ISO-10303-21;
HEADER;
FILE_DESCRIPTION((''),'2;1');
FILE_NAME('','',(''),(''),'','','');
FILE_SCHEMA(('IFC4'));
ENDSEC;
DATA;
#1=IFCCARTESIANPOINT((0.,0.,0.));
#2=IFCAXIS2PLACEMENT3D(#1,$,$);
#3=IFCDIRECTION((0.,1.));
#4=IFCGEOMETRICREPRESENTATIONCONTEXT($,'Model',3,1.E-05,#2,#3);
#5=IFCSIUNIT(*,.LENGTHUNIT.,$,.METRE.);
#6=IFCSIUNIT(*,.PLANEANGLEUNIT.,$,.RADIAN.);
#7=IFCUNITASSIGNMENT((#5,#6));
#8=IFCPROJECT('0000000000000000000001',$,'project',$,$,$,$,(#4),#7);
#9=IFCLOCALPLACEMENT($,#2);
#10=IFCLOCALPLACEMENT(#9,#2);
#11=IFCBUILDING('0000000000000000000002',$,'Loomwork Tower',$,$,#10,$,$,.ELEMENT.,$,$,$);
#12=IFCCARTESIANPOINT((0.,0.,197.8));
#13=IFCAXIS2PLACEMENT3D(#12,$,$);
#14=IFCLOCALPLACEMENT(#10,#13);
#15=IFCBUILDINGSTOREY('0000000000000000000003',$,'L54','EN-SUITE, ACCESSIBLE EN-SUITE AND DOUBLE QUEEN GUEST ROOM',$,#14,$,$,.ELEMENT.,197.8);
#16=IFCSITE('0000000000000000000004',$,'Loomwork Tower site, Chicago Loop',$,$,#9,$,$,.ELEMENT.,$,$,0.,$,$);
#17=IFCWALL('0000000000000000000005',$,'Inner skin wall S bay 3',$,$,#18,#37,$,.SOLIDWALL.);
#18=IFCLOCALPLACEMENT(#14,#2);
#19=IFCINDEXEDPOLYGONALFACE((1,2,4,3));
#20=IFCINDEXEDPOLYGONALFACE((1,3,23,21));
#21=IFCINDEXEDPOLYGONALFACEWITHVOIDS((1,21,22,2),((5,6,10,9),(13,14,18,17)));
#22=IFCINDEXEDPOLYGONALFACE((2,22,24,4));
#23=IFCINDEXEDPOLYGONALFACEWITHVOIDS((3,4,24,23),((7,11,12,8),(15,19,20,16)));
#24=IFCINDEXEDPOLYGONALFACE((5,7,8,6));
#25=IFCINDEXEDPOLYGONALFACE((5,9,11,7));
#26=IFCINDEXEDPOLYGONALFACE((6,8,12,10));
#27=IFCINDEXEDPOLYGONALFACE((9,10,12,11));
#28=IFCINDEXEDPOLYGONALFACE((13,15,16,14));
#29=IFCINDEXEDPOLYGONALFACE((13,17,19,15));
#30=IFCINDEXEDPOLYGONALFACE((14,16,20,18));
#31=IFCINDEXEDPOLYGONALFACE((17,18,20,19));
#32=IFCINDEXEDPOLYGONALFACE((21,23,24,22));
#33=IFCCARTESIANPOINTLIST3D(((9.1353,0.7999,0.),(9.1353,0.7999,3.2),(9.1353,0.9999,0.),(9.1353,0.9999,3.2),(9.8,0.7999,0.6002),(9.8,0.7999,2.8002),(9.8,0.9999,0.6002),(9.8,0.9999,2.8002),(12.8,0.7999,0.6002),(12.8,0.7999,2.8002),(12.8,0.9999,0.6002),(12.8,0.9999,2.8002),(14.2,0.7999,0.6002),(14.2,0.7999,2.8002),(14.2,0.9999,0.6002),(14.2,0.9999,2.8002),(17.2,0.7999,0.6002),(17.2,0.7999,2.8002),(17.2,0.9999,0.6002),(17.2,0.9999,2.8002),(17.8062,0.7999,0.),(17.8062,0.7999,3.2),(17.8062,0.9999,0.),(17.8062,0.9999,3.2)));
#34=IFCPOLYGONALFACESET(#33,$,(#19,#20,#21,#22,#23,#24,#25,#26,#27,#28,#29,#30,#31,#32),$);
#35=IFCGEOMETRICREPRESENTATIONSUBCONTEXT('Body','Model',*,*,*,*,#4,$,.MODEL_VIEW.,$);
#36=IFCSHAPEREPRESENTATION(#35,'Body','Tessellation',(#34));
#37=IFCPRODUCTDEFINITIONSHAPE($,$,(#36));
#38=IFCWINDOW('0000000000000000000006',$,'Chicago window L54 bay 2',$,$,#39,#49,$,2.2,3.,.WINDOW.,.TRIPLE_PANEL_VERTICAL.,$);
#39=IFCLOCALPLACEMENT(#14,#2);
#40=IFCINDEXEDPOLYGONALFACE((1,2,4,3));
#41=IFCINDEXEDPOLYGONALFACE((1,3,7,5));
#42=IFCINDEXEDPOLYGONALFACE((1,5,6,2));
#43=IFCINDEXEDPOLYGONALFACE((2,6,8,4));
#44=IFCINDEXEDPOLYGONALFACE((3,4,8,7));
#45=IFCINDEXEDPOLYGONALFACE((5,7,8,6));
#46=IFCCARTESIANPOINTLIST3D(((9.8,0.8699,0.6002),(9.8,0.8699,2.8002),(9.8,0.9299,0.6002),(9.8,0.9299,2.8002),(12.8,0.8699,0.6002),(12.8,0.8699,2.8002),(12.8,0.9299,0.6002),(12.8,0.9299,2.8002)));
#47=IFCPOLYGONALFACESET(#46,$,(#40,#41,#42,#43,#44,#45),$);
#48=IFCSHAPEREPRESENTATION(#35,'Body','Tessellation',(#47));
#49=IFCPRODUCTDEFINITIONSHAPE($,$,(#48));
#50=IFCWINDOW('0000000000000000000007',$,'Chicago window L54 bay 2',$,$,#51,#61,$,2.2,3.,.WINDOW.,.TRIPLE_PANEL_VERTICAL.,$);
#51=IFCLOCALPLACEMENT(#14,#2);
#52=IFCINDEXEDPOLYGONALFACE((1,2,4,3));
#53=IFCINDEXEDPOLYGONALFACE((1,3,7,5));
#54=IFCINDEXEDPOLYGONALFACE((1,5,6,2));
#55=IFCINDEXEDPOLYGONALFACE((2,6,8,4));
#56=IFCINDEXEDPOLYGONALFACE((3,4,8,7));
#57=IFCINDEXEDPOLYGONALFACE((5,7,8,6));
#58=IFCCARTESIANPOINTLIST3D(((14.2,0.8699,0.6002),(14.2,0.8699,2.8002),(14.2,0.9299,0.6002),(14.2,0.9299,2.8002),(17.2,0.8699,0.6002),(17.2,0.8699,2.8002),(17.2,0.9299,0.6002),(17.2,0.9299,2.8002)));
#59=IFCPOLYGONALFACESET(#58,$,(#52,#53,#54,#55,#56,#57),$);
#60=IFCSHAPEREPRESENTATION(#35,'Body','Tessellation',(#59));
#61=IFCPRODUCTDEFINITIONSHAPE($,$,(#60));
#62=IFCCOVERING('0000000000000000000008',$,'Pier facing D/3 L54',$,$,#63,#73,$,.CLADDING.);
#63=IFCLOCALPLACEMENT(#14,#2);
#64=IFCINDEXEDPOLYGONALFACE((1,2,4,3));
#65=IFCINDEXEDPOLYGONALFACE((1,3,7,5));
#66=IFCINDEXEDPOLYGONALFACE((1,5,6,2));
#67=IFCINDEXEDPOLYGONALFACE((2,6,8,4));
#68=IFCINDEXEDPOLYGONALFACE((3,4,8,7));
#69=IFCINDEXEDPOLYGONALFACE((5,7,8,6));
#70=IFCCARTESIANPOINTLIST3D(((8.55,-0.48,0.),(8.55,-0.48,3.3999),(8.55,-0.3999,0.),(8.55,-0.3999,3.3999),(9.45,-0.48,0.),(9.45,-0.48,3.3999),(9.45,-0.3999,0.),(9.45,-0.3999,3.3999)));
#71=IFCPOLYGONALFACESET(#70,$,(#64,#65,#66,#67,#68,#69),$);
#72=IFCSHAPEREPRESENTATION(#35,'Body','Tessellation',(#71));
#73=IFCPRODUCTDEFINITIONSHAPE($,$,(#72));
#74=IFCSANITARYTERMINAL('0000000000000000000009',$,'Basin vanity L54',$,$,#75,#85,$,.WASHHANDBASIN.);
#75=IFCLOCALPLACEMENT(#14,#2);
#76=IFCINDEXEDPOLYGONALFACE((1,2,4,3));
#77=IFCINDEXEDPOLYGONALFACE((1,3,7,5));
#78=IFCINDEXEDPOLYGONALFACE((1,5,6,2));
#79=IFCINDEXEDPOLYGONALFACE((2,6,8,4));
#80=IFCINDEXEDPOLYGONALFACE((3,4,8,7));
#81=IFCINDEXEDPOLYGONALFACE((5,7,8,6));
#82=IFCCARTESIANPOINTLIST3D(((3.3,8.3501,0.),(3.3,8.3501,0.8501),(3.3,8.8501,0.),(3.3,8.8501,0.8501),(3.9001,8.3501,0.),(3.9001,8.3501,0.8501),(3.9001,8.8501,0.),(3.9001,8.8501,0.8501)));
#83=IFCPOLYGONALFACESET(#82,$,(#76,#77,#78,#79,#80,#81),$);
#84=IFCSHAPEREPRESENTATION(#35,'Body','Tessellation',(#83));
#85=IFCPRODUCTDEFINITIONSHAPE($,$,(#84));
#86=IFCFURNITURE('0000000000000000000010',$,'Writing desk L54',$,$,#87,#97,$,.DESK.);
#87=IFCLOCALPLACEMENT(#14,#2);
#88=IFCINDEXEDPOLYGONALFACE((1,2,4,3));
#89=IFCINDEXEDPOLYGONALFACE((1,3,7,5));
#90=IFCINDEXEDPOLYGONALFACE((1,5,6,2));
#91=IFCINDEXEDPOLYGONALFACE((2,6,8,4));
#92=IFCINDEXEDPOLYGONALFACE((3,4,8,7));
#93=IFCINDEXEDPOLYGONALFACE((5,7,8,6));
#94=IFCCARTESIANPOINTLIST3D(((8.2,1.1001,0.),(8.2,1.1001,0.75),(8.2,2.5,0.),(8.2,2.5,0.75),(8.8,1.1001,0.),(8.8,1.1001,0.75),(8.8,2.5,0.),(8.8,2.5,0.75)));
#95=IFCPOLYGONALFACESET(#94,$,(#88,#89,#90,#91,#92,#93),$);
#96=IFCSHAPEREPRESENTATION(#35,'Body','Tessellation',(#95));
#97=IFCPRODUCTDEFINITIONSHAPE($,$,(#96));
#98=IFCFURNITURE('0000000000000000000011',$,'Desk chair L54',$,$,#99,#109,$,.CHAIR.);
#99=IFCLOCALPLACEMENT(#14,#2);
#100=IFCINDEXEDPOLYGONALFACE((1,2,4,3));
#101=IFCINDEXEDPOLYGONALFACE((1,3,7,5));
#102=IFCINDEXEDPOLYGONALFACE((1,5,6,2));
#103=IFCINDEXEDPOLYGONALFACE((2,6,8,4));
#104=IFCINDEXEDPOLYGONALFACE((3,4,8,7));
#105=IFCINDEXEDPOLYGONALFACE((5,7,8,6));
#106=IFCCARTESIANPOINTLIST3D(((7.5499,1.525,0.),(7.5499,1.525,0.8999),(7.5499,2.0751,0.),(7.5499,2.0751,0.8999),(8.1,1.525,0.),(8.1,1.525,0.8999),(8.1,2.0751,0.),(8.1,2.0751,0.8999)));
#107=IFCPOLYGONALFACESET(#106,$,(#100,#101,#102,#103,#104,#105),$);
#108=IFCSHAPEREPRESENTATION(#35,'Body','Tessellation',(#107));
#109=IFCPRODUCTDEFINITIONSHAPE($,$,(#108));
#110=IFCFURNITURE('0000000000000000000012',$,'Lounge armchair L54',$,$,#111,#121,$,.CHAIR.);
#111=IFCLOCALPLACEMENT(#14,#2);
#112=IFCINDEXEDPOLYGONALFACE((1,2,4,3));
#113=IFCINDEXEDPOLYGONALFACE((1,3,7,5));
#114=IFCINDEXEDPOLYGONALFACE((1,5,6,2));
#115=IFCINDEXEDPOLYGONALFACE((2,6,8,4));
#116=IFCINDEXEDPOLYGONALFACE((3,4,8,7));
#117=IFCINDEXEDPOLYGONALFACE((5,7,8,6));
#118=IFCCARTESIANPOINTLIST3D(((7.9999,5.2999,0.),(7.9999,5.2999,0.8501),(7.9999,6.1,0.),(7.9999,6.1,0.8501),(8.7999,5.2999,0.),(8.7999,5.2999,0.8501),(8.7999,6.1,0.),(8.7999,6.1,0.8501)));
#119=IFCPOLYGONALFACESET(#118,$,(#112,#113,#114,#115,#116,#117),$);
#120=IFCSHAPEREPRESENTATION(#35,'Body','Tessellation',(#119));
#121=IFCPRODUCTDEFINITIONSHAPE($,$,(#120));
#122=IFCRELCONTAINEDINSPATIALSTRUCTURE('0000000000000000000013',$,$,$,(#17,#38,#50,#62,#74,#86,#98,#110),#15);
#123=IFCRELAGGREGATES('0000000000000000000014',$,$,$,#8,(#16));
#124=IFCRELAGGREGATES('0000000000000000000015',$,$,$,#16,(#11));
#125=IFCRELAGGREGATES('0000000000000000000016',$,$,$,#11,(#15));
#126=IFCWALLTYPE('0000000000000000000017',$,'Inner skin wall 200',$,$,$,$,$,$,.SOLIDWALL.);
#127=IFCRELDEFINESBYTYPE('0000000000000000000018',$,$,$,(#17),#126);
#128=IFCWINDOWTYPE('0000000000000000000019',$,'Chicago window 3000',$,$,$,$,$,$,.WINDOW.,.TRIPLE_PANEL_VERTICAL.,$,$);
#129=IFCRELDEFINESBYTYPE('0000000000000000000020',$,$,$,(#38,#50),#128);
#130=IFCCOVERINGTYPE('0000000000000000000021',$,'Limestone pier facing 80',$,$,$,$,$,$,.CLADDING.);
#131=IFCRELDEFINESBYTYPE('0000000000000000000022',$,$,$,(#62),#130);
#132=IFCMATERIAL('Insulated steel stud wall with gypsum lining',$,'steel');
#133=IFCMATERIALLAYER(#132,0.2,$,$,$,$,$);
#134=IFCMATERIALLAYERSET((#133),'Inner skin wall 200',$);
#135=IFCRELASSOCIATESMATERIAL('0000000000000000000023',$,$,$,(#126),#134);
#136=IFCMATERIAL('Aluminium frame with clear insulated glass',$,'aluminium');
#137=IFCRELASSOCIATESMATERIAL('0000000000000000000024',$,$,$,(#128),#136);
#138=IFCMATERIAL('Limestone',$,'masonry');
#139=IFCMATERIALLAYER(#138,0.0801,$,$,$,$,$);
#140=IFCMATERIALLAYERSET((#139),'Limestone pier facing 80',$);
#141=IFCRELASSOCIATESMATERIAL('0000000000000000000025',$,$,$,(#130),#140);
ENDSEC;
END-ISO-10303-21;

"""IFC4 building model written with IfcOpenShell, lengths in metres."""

from ifc_helpers import new_model, si_unit, direction, frame, frame_2d, origin, origin_2d, place, context, subcontext, project, spatial, rectangle, extrude, material, layer, layer_set, type_object, element, fill, save


model = new_model("IFC4")

# Units and contexts
model_context = context("Model", 3, precision=1e-05, world=origin(), true_north=direction((0.0, 1.0)))
body_context = subcontext(model_context, "Body", "Model", "MODEL_VIEW")
ifc_project = project(units=[si_unit("LENGTHUNIT", "METRE"), si_unit("PLANEANGLEUNIT", "RADIAN")], contexts=[model_context])

# Site, building, storey
site_placement = place(None, origin())
site = spatial("IfcSite", under=ifc_project, at=site_placement, Name="Loomwork Tower site, Chicago Loop", CompositionType="ELEMENT", RefElevation=0.0)
building_placement = place(site_placement, origin())
building = spatial("IfcBuilding", under=site, at=building_placement, Name="Loomwork Tower", CompositionType="ELEMENT")
storey_placement = place(building_placement, frame((0.0, 0.0, 197.8)))
storey = spatial("IfcBuildingStorey", under=building, at=storey_placement, Name="L54", Description="EN-SUITE, ACCESSIBLE EN-SUITE AND DOUBLE QUEEN GUEST ROOM", CompositionType="ELEMENT", Elevation=197.8)

# Shared definitions
ifc_material_1 = material(Name="Insulated steel stud wall with gypsum lining", Category="steel")
ifc_layer_1 = layer(ifc_material_1, 0.2)
ifc_layer_set_1 = layer_set([ifc_layer_1], Name="Inner skin wall 200")
wall_type_1 = type_object("IfcWallType", Name="Inner skin wall 200", PredefinedType="SOLIDWALL", material=ifc_layer_set_1)

# Wall, openings, windows
wall_1_placement = place(storey_placement, frame((9.1353, 0.8999, 0.0), z_axis=(0.0, 0.0, 1.0), x_axis=(1.0, 0.0, 0.0)))
wall_1 = element("IfcWall", 1, at=wall_1_placement, inside=storey, type_object=wall_type_1, Name="Inner skin wall S bay 3", PredefinedType="SOLIDWALL", context=body_context, shape_type="SweptSolid", body=[
    extrude(rectangle(XDim=8.6709, YDim=0.2, at=frame_2d((4.3354, 0.0))), origin(), (0.0, 0.0, 1.0), 3.2),
])
opening_1_placement = place(wall_1_placement, frame((0.6648, 0.0, 0.6001)))
opening_1 = element("IfcOpeningElement", 2, at=opening_1_placement, cuts=wall_1, PredefinedType="OPENING", context=body_context, shape_type="SweptSolid", body=[
    extrude(rectangle(XDim=3.0, YDim=2.2, at=frame_2d((1.5, 1.1001))), frame((0.0, 0.1099, 0.0), z_axis=(0.0, -1.0, 0.0), x_axis=(1.0, 0.0, 0.0)), (0.0, 0.0, 1.0), 0.22),
])
opening_2_placement = place(wall_1_placement, frame((5.0647, 0.0, 0.6001)))
opening_2 = element("IfcOpeningElement", 3, at=opening_2_placement, cuts=wall_1, PredefinedType="OPENING", context=body_context, shape_type="SweptSolid", body=[
    extrude(rectangle(XDim=3.0, YDim=2.2, at=frame_2d((1.5, 1.1001))), frame((0.0, 0.1099, 0.0), z_axis=(0.0, -1.0, 0.0), x_axis=(1.0, 0.0, 0.0)), (0.0, 0.0, 1.0), 0.22),
])
ifc_material_2 = material(Name="Aluminium frame with clear insulated glass", Category="aluminium")
window_type = type_object("IfcWindowType", Name="Chicago window 3000", PartitioningType="TRIPLE_PANEL_VERTICAL", PredefinedType="WINDOW", material=ifc_material_2)
window_1_placement = place(opening_1_placement, origin())
window_1 = element("IfcWindow", 4, at=window_1_placement, inside=storey, type_object=window_type, Name="Chicago window L54 bay 2", OverallHeight=2.2, OverallWidth=3.0, PartitioningType="TRIPLE_PANEL_VERTICAL", PredefinedType="WINDOW", context=body_context, shape_type="SweptSolid", body=[
    extrude(rectangle(XDim=3.0, YDim=2.2, at=frame_2d((1.5, 1.1001))), frame((0.0, 0.03, 0.0), z_axis=(0.0, -1.0, 0.0), x_axis=(1.0, 0.0, 0.0)), (0.0, 0.0, 1.0), 0.0601),
])
fill(opening_1, window_1)
window_2_placement = place(opening_2_placement, origin())
window_2 = element("IfcWindow", 5, at=window_2_placement, inside=storey, type_object=window_type, Name="Chicago window L54 bay 2", OverallHeight=2.2, OverallWidth=3.0, PartitioningType="TRIPLE_PANEL_VERTICAL", PredefinedType="WINDOW", context=body_context, shape_type="SweptSolid", body=[
    extrude(rectangle(XDim=3.0, YDim=2.2, at=frame_2d((1.5, 1.1001))), frame((0.0, 0.03, 0.0), z_axis=(0.0, -1.0, 0.0), x_axis=(1.0, 0.0, 0.0)), (0.0, 0.0, 1.0), 0.0601),
])
fill(opening_2, window_2)

# Covering
ifc_material_3 = material(Name="Limestone", Category="masonry")
ifc_layer_2 = layer(ifc_material_3, 0.0801)
ifc_layer_set_2 = layer_set([ifc_layer_2], Name="Limestone pier facing 80")
covering_type = type_object("IfcCoveringType", Name="Limestone pier facing 80", PredefinedType="CLADDING", material=ifc_layer_set_2)
covering_placement = place(storey_placement, frame((9.0, -0.4399, 0.0), z_axis=(0.0, 0.0, 1.0), x_axis=(1.0, 0.0, 0.0)))
element("IfcCovering", 6, at=covering_placement, inside=storey, type_object=covering_type, Name="Pier facing D/3 L54", PredefinedType="CLADDING", context=body_context, shape_type="SweptSolid", body=[
    extrude(rectangle(XDim=0.8999, YDim=0.0801, at=origin_2d()), origin(), (0.0, 0.0, 1.0), 3.3999),
])

# Sanitary terminal
sanitary_terminal_placement = place(storey_placement, frame((3.6001, 8.6001, 0.0), z_axis=(0.0, 0.0, 1.0), x_axis=(1.0, 0.0, 0.0)))
element("IfcSanitaryTerminal", 7, at=sanitary_terminal_placement, inside=storey, Name="Basin vanity L54", PredefinedType="WASHHANDBASIN", context=body_context, shape_type="SweptSolid", body=[
    extrude(rectangle(XDim=0.6001, YDim=0.5, at=origin_2d()), origin(), (0.0, 0.0, 1.0), 0.8501),
])

# Furniture
furniture_1_placement = place(storey_placement, frame((8.5, 1.8, 0.0), z_axis=(0.0, 0.0, 1.0), x_axis=(1.0, 0.0, 0.0)))
element("IfcFurniture", 8, at=furniture_1_placement, inside=storey, Name="Writing desk L54", PredefinedType="DESK", context=body_context, shape_type="SweptSolid", body=[
    extrude(rectangle(XDim=0.6001, YDim=1.3999, at=origin_2d()), origin(), (0.0, 0.0, 1.0), 0.75),
])
furniture_2_placement = place(storey_placement, frame((7.825, 1.8, 0.0), z_axis=(0.0, 0.0, 1.0), x_axis=(1.0, 0.0, 0.0)))
element("IfcFurniture", 9, at=furniture_2_placement, inside=storey, Name="Desk chair L54", PredefinedType="CHAIR", context=body_context, shape_type="SweptSolid", body=[
    extrude(rectangle(XDim=0.55, YDim=0.55, at=origin_2d()), origin(), (0.0, 0.0, 1.0), 0.8999),
])
furniture_3_placement = place(storey_placement, frame((8.3999, 5.7, 0.0), z_axis=(0.0, 0.0, 1.0), x_axis=(1.0, 0.0, 0.0)))
element("IfcFurniture", 10, at=furniture_3_placement, inside=storey, Name="Lounge armchair L54", PredefinedType="CHAIR", context=body_context, shape_type="SweptSolid", body=[
    extrude(rectangle(XDim=0.8, YDim=0.8, at=origin_2d()), origin(), (0.0, 0.0, 1.0), 0.8501),
])

save(model, "model.ifc")
